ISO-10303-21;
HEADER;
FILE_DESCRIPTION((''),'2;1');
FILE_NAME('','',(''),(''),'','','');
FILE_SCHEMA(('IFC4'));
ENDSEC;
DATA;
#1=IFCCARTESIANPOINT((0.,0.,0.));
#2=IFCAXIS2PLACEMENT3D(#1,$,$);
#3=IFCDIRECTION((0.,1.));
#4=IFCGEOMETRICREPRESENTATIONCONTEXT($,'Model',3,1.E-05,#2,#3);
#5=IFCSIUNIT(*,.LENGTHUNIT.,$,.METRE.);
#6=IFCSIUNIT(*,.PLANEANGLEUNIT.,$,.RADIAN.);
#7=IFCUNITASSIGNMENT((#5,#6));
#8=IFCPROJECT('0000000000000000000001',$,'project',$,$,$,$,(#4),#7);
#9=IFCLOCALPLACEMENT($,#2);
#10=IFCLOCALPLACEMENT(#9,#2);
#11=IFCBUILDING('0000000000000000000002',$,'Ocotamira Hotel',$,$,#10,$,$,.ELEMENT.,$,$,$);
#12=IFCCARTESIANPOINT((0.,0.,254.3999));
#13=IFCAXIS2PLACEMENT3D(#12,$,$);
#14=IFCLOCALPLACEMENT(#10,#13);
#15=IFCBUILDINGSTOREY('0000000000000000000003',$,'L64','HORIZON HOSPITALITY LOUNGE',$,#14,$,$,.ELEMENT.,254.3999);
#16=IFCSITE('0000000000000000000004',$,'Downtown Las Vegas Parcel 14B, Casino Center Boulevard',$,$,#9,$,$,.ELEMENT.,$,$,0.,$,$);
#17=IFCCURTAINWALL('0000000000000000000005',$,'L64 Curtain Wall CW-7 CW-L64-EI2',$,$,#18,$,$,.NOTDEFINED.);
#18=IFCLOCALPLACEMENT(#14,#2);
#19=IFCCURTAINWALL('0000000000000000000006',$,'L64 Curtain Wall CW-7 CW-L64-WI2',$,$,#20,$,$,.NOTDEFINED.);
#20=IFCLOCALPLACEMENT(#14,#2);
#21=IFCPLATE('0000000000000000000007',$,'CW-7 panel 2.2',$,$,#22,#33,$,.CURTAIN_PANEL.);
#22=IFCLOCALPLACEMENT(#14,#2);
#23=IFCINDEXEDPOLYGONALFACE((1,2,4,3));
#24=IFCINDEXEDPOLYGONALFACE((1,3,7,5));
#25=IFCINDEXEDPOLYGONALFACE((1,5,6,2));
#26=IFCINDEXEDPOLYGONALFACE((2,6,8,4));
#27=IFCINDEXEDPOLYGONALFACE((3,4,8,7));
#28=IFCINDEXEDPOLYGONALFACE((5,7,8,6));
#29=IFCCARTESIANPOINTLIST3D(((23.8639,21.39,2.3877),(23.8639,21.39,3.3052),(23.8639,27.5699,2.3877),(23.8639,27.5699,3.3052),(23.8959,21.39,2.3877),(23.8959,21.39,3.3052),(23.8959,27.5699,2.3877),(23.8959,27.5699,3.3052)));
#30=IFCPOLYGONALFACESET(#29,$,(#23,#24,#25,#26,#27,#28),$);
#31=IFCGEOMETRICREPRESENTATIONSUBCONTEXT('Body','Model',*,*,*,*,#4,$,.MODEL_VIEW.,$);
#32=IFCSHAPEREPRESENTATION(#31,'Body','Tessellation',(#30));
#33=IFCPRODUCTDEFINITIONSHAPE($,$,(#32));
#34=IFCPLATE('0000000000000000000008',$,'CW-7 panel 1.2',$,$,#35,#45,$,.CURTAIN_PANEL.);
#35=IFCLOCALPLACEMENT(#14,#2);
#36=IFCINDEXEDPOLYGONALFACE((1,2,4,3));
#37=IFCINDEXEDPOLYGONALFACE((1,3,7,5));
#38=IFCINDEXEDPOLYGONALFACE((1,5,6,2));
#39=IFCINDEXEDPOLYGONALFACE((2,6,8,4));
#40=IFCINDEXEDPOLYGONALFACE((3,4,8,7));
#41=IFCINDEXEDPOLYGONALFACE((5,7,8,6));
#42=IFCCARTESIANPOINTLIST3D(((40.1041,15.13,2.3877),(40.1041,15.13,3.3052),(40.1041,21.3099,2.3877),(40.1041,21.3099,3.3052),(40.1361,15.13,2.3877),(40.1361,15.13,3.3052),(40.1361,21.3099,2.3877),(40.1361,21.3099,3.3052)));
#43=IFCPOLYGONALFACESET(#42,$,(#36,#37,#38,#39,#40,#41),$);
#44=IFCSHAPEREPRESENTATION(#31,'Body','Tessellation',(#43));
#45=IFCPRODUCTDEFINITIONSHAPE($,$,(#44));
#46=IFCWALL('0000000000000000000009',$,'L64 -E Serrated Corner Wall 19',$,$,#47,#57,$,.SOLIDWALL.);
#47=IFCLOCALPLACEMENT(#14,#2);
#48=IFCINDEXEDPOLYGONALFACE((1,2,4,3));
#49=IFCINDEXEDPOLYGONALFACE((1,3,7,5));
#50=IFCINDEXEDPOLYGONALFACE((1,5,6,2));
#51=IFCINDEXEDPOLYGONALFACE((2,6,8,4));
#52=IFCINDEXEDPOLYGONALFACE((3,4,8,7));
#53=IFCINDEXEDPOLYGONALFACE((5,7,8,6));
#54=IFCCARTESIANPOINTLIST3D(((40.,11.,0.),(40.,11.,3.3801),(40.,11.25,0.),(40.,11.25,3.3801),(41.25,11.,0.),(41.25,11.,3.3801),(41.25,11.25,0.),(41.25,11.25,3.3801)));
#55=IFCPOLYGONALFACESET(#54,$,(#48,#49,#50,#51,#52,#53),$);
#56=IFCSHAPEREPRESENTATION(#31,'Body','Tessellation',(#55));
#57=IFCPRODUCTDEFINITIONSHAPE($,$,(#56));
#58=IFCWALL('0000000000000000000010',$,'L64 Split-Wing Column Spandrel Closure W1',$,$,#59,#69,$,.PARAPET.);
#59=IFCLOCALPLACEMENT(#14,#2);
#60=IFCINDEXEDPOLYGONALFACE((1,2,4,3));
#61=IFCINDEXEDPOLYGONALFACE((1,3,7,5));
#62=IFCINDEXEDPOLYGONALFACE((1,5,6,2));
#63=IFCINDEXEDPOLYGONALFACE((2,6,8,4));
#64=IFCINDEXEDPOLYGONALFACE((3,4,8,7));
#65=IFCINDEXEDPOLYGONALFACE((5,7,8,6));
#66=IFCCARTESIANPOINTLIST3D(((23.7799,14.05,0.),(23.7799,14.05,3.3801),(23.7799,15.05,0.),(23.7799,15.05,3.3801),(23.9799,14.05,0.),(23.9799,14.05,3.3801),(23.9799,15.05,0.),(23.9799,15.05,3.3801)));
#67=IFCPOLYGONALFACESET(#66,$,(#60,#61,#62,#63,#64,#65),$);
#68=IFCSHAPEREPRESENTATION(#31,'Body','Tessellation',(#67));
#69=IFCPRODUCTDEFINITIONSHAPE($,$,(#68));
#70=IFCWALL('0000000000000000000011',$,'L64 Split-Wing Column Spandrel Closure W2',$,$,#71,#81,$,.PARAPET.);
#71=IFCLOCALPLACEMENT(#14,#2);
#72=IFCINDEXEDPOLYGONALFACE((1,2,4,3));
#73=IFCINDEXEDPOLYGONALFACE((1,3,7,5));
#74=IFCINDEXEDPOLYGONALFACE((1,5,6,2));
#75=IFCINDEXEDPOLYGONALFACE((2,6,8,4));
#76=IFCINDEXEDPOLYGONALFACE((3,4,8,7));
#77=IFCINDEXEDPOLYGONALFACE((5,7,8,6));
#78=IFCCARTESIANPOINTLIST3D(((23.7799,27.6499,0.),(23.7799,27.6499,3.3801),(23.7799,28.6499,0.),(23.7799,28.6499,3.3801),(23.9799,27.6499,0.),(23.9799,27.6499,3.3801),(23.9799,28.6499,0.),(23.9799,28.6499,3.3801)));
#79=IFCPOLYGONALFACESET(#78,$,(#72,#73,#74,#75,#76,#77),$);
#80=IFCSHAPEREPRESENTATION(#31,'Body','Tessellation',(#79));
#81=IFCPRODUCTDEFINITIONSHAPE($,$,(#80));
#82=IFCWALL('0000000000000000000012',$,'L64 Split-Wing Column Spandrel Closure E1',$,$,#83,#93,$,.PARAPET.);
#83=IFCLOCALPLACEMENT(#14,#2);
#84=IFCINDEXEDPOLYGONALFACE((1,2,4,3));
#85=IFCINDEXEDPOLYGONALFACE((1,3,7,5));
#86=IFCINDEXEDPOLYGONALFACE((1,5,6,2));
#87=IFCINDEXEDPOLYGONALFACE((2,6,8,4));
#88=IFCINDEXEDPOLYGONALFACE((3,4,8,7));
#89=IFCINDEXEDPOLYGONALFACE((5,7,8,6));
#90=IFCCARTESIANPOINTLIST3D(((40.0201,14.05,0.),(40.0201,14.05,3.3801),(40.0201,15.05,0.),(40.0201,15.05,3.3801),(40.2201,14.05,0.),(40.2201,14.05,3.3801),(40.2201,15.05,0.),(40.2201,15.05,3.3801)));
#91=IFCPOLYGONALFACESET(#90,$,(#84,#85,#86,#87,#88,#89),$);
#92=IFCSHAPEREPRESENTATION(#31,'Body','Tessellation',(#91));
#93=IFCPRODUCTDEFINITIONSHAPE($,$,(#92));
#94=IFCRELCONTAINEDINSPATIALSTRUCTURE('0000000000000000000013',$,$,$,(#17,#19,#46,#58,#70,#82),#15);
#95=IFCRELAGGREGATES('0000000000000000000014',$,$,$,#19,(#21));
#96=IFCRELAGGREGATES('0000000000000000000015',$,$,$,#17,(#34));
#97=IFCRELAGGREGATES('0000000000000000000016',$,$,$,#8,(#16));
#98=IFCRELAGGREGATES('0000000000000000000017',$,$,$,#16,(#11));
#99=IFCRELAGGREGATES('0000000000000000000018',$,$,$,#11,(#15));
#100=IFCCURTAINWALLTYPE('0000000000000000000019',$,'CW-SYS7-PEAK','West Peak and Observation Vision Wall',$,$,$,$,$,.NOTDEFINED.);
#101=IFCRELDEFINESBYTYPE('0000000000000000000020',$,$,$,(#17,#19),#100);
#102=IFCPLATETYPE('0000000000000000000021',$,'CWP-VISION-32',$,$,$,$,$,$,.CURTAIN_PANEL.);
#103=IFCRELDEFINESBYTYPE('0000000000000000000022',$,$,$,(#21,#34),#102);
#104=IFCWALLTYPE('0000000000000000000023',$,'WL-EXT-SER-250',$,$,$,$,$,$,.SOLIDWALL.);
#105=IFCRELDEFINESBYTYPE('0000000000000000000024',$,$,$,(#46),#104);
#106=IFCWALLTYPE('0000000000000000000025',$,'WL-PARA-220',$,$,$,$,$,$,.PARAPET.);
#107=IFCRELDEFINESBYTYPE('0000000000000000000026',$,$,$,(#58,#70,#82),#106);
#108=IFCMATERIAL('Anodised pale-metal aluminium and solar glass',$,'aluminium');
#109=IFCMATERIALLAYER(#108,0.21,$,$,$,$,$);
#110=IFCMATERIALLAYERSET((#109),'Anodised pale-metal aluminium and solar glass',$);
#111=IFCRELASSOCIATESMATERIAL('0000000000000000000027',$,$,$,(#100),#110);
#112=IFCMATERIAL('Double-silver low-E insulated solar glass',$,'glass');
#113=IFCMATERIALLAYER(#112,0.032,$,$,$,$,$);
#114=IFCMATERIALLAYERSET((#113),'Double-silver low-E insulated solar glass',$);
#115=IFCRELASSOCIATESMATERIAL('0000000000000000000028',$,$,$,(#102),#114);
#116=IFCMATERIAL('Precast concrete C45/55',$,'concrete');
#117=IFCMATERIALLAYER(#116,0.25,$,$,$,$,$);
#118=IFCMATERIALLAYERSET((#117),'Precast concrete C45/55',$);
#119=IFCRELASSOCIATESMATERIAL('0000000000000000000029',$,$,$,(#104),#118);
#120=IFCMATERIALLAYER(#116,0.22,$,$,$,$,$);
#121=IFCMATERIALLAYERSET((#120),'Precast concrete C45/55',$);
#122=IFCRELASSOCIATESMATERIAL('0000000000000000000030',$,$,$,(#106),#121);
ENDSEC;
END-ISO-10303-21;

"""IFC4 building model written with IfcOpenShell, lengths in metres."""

from ifc_helpers import new_model, si_unit, direction, frame, frame_2d, origin, origin_2d, place, context, subcontext, project, spatial, rectangle, extrude, source, transform, mapped, material, layer, layer_set, type_object, element, aggregate, save


model = new_model("IFC4")

# Units and contexts
model_context = context("Model", 3, precision=1e-05, world=origin(), true_north=direction((0.0, 1.0)))
body_context = subcontext(model_context, "Body", "Model", "MODEL_VIEW")
ifc_project = project(units=[si_unit("LENGTHUNIT", "METRE"), si_unit("PLANEANGLEUNIT", "RADIAN")], contexts=[model_context])

# Site, building, storey
site_placement = place(None, origin())
site = spatial("IfcSite", under=ifc_project, at=site_placement, Name="Downtown Las Vegas Parcel 14B, Casino Center Boulevard", CompositionType="ELEMENT", RefElevation=0.0)
building_placement = place(site_placement, origin())
building = spatial("IfcBuilding", under=site, at=building_placement, Name="Ocotamira Hotel", CompositionType="ELEMENT")
storey_placement = place(building_placement, frame((0.0, 0.0, 254.3999)))
storey = spatial("IfcBuildingStorey", under=building, at=storey_placement, Name="L64", Description="HORIZON HOSPITALITY LOUNGE", CompositionType="ELEMENT", Elevation=254.3999)

# Curtain wall
ifc_material_1 = material(Name="Anodised pale-metal aluminium and solar glass", Category="aluminium")
ifc_layer_1 = layer(ifc_material_1, 0.21)
ifc_layer_set_1 = layer_set([ifc_layer_1], Name="Anodised pale-metal aluminium and solar glass")
curtain_wall_type = type_object("IfcCurtainWallType", Name="CW-SYS7-PEAK", Description="West Peak and Observation Vision Wall", PredefinedType="NOTDEFINED", material=ifc_layer_set_1)
curtain_wall_1_placement = place(storey_placement, origin())
curtain_wall_1 = element("IfcCurtainWall", 1, at=curtain_wall_1_placement, inside=storey, type_object=curtain_wall_type, Name="L64 Curtain Wall CW-7 CW-L64-EI2", PredefinedType="NOTDEFINED")

# Curtain wall
curtain_wall_2_placement = place(storey_placement, origin())
curtain_wall_2 = element("IfcCurtainWall", 2, at=curtain_wall_2_placement, inside=storey, type_object=curtain_wall_type, Name="L64 Curtain Wall CW-7 CW-L64-WI2", PredefinedType="NOTDEFINED")

# Plates
ifc_material_2 = material(Name="Double-silver low-E insulated solar glass", Category="glass")
ifc_layer_2 = layer(ifc_material_2, 0.032)
ifc_layer_set_2 = layer_set([ifc_layer_2], Name="Double-silver low-E insulated solar glass")
plate_type = type_object("IfcPlateType", Name="CWP-VISION-32", PredefinedType="CURTAIN_PANEL", material=ifc_layer_set_2)
shared_shape_1 = source(origin(), body_context, "Body", "SweptSolid", [
    extrude(rectangle(XDim=6.1799, YDim=0.032, at=origin_2d()), origin(), (0.0, 0.0, 1.0), 0.9175),
])
plate_1_placement = place(storey_placement, frame((23.8799, 24.48, 2.3877), z_axis=(0.0, 0.0, 1.0), x_axis=(0.0, 1.0, 0.0)))
plate_1 = element("IfcPlate", 3, at=plate_1_placement, type_object=plate_type, Name="CW-7 panel 2.2", PredefinedType="CURTAIN_PANEL", context=body_context, shape_type="MappedRepresentation", body=[
    mapped(shared_shape_1, transform((0.0, 0.0, 0.0), scale=1.0)),
])
aggregate(curtain_wall_2, [plate_1])
plate_2_placement = place(storey_placement, frame((40.1201, 18.22, 2.3877), z_axis=(0.0, 0.0, 1.0), x_axis=(0.0, 1.0, 0.0)))
plate_2 = element("IfcPlate", 4, at=plate_2_placement, type_object=plate_type, Name="CW-7 panel 1.2", PredefinedType="CURTAIN_PANEL", context=body_context, shape_type="MappedRepresentation", body=[
    mapped(shared_shape_1, transform((0.0, 0.0, 0.0), scale=1.0)),
])
aggregate(curtain_wall_1, [plate_2])

# Walls
ifc_material_3 = material(Name="Precast concrete C45/55", Category="concrete")
ifc_layer_3 = layer(ifc_material_3, 0.25)
ifc_layer_set_3 = layer_set([ifc_layer_3], Name="Precast concrete C45/55")
wall_type_1 = type_object("IfcWallType", Name="WL-EXT-SER-250", PredefinedType="SOLIDWALL", material=ifc_layer_set_3)
wall_placement = place(storey_placement, frame((40.0, 11.125, 0.0), z_axis=(0.0, 0.0, 1.0), x_axis=(1.0, 0.0, 0.0)))
element("IfcWall", 5, at=wall_placement, inside=storey, type_object=wall_type_1, Name="L64 -E Serrated Corner Wall 19", PredefinedType="SOLIDWALL", context=body_context, shape_type="SweptSolid", body=[
    extrude(rectangle(XDim=1.25, YDim=0.25, at=frame_2d((0.625, 0.0))), origin(), (0.0, 0.0, 1.0), 3.3801),
])
ifc_layer_4 = layer(ifc_material_3, 0.22)
ifc_layer_set_4 = layer_set([ifc_layer_4], Name="Precast concrete C45/55")
wall_type_2 = type_object("IfcWallType", Name="WL-PARA-220", PredefinedType="PARAPET", material=ifc_layer_set_4)
for number, where, z_axis, x_axis, name in (
    (6, (23.8799, 14.05, 0.0), (0.0, 0.0, 1.0), (0.0, 1.0, 0.0), "L64 Split-Wing Column Spandrel Closure W1"),
    (7, (23.8799, 27.6499, 0.0), (0.0, 0.0, 1.0), (0.0, 1.0, 0.0), "L64 Split-Wing Column Spandrel Closure W2"),
    (8, (40.1201, 14.05, 0.0), (0.0, 0.0, 1.0), (0.0, 1.0, 0.0), "L64 Split-Wing Column Spandrel Closure E1"),
):
    element("IfcWall", number, at=place(storey_placement, frame(where, z_axis=z_axis, x_axis=x_axis)), inside=storey, type_object=wall_type_2, Name=name, PredefinedType="PARAPET", context=body_context, shape_type="SweptSolid", body=[
        extrude(rectangle(XDim=1.0, YDim=0.2, at=frame_2d((0.5, 0.0))), origin(), (0.0, 0.0, 1.0), 3.3801),
    ])

save(model, "model.ifc")
